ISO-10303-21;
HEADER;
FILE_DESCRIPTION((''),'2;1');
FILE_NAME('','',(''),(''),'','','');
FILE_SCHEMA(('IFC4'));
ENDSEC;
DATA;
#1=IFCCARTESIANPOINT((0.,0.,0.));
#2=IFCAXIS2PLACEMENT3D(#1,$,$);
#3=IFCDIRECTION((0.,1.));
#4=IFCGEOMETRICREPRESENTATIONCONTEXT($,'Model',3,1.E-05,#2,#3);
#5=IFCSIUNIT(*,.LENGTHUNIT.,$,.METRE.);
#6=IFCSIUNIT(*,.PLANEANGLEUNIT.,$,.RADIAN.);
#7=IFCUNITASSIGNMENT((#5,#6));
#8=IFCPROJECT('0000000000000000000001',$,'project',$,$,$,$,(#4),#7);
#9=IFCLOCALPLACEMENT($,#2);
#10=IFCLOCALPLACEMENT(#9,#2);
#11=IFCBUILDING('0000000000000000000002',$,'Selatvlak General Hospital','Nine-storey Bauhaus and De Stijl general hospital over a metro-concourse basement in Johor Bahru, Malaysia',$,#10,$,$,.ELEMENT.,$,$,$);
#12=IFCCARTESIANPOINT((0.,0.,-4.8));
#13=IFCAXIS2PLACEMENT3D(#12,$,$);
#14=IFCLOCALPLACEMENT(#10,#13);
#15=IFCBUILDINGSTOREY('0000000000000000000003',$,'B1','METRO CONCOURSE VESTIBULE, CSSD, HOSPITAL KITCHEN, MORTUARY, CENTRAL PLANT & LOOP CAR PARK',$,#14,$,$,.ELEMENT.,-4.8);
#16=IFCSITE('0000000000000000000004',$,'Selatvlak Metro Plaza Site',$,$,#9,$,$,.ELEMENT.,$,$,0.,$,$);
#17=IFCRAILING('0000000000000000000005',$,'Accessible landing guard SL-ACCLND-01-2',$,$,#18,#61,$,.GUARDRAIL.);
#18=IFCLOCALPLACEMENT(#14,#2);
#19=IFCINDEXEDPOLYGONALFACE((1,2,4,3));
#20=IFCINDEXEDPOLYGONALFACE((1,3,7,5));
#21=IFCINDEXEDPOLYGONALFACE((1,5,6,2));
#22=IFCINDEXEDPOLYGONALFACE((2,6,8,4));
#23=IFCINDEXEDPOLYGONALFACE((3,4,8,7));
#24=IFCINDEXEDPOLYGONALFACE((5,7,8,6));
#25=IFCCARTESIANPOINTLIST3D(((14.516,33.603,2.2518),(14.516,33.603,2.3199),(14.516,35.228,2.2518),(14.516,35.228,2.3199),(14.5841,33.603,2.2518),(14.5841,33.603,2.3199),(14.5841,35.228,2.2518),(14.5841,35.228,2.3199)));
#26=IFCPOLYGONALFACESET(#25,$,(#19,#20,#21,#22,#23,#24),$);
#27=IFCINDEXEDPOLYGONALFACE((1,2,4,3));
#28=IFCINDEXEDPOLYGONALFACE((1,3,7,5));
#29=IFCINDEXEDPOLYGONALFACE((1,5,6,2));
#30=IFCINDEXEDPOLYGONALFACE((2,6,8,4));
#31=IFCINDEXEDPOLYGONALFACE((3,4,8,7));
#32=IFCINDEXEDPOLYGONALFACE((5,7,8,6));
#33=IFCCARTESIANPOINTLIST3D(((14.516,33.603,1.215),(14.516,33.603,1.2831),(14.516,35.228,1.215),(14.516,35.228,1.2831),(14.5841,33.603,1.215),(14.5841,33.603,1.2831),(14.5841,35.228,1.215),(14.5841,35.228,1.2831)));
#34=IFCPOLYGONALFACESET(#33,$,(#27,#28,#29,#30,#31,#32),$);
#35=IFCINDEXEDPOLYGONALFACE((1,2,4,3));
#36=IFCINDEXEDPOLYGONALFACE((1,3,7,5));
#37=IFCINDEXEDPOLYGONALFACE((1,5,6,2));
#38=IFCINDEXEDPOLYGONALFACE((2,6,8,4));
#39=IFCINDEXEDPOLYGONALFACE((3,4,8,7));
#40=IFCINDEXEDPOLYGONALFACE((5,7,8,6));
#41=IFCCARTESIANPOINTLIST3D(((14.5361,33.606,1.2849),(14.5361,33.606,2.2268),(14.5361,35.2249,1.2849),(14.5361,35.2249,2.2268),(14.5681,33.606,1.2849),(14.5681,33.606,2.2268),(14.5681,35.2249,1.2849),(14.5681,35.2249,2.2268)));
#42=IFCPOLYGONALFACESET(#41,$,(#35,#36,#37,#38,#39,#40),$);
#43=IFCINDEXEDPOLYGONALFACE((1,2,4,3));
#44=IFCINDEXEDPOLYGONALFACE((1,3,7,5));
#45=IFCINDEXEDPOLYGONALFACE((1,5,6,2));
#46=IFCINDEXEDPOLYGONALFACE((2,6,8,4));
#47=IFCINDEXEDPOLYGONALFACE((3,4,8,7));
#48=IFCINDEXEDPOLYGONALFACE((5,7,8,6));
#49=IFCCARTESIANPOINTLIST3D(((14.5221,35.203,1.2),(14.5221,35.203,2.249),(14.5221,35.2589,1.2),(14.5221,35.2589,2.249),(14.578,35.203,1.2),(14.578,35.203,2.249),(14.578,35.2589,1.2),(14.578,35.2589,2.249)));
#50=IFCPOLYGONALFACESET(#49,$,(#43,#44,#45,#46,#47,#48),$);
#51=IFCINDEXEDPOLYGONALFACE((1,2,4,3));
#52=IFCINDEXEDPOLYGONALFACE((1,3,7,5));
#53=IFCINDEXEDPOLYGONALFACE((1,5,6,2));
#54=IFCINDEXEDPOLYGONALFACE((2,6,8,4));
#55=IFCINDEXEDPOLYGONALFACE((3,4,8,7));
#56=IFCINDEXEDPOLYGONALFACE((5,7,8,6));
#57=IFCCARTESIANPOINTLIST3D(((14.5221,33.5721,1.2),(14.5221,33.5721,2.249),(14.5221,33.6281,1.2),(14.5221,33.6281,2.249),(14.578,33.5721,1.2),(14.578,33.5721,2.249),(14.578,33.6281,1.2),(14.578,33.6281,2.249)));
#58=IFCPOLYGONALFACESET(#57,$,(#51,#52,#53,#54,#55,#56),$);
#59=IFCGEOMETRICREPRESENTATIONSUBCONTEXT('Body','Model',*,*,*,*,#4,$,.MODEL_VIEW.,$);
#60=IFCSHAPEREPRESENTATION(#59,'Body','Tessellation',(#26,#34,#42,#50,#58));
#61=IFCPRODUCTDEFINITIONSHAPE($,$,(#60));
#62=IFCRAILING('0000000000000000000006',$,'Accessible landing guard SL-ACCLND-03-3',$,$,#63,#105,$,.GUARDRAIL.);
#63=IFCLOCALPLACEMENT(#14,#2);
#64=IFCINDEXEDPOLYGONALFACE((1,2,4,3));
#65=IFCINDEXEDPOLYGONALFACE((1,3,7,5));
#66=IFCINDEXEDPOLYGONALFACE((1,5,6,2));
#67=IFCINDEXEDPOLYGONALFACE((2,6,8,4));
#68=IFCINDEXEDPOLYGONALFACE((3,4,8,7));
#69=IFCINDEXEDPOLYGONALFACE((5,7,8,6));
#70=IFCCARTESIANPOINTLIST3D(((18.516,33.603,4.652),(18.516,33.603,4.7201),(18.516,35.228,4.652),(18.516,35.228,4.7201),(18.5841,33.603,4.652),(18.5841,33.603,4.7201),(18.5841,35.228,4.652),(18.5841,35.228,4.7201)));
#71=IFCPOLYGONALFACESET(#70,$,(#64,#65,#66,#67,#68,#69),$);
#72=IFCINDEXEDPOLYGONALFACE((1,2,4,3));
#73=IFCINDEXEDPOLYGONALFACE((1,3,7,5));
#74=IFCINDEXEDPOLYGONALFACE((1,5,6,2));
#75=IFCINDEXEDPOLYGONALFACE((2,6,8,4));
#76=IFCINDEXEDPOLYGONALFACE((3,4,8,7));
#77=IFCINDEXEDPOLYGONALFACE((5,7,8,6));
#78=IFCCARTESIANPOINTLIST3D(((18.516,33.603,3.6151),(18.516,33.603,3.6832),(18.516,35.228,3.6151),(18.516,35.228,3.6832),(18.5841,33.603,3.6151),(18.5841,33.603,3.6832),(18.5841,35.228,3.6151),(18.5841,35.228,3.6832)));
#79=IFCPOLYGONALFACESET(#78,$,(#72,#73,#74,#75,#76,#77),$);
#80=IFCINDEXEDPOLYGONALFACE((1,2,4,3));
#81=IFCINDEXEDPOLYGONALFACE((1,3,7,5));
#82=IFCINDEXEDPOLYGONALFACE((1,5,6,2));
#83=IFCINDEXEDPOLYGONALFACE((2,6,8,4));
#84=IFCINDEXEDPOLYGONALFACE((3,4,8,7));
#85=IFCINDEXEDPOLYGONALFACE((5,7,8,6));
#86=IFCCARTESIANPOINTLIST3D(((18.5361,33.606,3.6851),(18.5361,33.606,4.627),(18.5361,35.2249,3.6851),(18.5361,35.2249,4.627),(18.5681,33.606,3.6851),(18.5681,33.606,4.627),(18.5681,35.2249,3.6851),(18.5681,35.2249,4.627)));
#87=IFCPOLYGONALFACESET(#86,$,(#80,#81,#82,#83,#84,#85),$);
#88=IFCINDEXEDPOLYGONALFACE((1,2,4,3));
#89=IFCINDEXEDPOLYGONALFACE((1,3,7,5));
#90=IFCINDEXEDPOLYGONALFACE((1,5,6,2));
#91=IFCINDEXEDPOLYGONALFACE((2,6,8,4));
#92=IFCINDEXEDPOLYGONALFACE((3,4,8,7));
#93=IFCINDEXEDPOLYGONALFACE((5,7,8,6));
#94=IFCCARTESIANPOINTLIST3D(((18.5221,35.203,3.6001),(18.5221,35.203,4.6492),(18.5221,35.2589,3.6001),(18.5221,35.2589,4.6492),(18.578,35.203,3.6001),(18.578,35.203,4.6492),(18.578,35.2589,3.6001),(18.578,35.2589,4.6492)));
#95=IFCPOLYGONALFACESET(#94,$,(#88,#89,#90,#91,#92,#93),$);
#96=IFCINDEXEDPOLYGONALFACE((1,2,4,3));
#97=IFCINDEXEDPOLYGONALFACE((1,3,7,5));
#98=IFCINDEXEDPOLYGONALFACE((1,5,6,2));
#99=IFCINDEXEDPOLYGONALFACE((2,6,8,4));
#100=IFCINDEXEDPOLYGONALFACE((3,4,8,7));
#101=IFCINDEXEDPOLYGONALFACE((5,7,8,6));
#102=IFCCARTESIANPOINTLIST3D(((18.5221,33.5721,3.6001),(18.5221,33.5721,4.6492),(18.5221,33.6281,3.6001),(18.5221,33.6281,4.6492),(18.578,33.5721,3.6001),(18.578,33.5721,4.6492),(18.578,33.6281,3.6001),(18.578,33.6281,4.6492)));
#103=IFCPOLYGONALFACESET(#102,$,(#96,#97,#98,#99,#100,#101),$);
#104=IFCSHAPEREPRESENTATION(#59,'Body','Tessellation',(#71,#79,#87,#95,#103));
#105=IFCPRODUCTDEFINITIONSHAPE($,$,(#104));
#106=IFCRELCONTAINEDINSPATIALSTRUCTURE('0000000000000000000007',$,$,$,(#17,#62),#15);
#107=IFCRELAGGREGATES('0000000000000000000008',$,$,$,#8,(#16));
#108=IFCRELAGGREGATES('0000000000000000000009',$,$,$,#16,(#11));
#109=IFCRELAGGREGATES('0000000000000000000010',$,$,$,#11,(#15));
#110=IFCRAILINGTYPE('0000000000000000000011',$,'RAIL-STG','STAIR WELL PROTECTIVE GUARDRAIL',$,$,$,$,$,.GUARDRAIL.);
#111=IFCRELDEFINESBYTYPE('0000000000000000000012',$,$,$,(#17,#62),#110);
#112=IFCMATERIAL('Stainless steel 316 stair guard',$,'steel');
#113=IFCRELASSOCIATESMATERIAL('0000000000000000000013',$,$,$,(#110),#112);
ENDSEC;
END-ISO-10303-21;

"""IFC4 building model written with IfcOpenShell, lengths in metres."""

from ifc_helpers import new_model, si_unit, direction, frame, origin, origin_2d, place, context, subcontext, project, spatial, polyline, rectangle, outline, extrude, material, type_object, element, save


model = new_model("IFC4")

# Units and contexts
model_context = context("Model", 3, precision=1e-05, world=origin(), true_north=direction((0.0, 1.0)))
body_context = subcontext(model_context, "Body", "Model", "MODEL_VIEW")
ifc_project = project(units=[si_unit("LENGTHUNIT", "METRE"), si_unit("PLANEANGLEUNIT", "RADIAN")], contexts=[model_context])

# Site, building, storey
site_placement = place(None, origin())
site = spatial("IfcSite", under=ifc_project, at=site_placement, Name="Selatvlak Metro Plaza Site", CompositionType="ELEMENT", RefElevation=0.0)
building_placement = place(site_placement, origin())
building = spatial("IfcBuilding", under=site, at=building_placement, Name="Selatvlak General Hospital", Description="Nine-storey Bauhaus and De Stijl general hospital over a metro-concourse basement in Johor Bahru, Malaysia", CompositionType="ELEMENT")
storey_placement = place(building_placement, frame((0.0, 0.0, -4.8)))
storey = spatial("IfcBuildingStorey", under=building, at=storey_placement, Name="B1", Description="METRO CONCOURSE VESTIBULE, CSSD, HOSPITAL KITCHEN, MORTUARY, CENTRAL PLANT & LOOP CAR PARK", CompositionType="ELEMENT", Elevation=-4.8)

# Railings
ifc_material_1 = material(Name="Stainless steel 316 stair guard", Category="steel")
railing_type = type_object("IfcRailingType", Name="RAIL-STG", Description="STAIR WELL PROTECTIVE GUARDRAIL", PredefinedType="GUARDRAIL", material=ifc_material_1)
for number, where, name in (
    (1, (14.55, 35.231, 1.2), "Accessible landing guard SL-ACCLND-01-2"),
    (2, (18.55, 35.231, 3.6001), "Accessible landing guard SL-ACCLND-03-3"),
):
    element("IfcRailing", number, at=place(storey_placement, frame(where)), inside=storey, type_object=railing_type, Name=name, PredefinedType="GUARDRAIL", context=body_context, shape_type="SweptSolid", body=[
        extrude(rectangle(XDim=0.0681, YDim=0.0681, at=origin_2d()), frame((0.0, -0.0029, 1.0859), z_axis=(0.0, -1.0, 0.0), x_axis=(1.0, 0.0, 0.0)), (0.0, 0.0, 1.0), 1.625),
        extrude(rectangle(XDim=0.0681, YDim=0.0681, at=origin_2d()), frame((0.0, -0.0029, 0.0491), z_axis=(0.0, -1.0, 0.0), x_axis=(1.0, 0.0, 0.0)), (0.0, 0.0, 1.0), 1.625),
        extrude(outline(polyline([(0.0, 0.0), (1.6189, 0.0), (1.6189, 0.9419), (0.0, 0.9419), (0.0, 0.0)])), frame((0.0181, -0.0061, 0.085), z_axis=(-1.0, 0.0, 0.0), x_axis=(0.0, -1.0, 0.0)), (0.0, 0.0, 1.0), 0.032),
        extrude(rectangle(XDim=0.0559, YDim=0.0559, at=origin_2d()), origin(), (0.0, 0.0, 1.0), 1.0491),
        extrude(rectangle(XDim=0.0559, YDim=0.0559, at=origin_2d()), frame((0.0, -1.6309, 0.0)), (0.0, 0.0, 1.0), 1.0491),
    ])

save(model, "model.ifc")
